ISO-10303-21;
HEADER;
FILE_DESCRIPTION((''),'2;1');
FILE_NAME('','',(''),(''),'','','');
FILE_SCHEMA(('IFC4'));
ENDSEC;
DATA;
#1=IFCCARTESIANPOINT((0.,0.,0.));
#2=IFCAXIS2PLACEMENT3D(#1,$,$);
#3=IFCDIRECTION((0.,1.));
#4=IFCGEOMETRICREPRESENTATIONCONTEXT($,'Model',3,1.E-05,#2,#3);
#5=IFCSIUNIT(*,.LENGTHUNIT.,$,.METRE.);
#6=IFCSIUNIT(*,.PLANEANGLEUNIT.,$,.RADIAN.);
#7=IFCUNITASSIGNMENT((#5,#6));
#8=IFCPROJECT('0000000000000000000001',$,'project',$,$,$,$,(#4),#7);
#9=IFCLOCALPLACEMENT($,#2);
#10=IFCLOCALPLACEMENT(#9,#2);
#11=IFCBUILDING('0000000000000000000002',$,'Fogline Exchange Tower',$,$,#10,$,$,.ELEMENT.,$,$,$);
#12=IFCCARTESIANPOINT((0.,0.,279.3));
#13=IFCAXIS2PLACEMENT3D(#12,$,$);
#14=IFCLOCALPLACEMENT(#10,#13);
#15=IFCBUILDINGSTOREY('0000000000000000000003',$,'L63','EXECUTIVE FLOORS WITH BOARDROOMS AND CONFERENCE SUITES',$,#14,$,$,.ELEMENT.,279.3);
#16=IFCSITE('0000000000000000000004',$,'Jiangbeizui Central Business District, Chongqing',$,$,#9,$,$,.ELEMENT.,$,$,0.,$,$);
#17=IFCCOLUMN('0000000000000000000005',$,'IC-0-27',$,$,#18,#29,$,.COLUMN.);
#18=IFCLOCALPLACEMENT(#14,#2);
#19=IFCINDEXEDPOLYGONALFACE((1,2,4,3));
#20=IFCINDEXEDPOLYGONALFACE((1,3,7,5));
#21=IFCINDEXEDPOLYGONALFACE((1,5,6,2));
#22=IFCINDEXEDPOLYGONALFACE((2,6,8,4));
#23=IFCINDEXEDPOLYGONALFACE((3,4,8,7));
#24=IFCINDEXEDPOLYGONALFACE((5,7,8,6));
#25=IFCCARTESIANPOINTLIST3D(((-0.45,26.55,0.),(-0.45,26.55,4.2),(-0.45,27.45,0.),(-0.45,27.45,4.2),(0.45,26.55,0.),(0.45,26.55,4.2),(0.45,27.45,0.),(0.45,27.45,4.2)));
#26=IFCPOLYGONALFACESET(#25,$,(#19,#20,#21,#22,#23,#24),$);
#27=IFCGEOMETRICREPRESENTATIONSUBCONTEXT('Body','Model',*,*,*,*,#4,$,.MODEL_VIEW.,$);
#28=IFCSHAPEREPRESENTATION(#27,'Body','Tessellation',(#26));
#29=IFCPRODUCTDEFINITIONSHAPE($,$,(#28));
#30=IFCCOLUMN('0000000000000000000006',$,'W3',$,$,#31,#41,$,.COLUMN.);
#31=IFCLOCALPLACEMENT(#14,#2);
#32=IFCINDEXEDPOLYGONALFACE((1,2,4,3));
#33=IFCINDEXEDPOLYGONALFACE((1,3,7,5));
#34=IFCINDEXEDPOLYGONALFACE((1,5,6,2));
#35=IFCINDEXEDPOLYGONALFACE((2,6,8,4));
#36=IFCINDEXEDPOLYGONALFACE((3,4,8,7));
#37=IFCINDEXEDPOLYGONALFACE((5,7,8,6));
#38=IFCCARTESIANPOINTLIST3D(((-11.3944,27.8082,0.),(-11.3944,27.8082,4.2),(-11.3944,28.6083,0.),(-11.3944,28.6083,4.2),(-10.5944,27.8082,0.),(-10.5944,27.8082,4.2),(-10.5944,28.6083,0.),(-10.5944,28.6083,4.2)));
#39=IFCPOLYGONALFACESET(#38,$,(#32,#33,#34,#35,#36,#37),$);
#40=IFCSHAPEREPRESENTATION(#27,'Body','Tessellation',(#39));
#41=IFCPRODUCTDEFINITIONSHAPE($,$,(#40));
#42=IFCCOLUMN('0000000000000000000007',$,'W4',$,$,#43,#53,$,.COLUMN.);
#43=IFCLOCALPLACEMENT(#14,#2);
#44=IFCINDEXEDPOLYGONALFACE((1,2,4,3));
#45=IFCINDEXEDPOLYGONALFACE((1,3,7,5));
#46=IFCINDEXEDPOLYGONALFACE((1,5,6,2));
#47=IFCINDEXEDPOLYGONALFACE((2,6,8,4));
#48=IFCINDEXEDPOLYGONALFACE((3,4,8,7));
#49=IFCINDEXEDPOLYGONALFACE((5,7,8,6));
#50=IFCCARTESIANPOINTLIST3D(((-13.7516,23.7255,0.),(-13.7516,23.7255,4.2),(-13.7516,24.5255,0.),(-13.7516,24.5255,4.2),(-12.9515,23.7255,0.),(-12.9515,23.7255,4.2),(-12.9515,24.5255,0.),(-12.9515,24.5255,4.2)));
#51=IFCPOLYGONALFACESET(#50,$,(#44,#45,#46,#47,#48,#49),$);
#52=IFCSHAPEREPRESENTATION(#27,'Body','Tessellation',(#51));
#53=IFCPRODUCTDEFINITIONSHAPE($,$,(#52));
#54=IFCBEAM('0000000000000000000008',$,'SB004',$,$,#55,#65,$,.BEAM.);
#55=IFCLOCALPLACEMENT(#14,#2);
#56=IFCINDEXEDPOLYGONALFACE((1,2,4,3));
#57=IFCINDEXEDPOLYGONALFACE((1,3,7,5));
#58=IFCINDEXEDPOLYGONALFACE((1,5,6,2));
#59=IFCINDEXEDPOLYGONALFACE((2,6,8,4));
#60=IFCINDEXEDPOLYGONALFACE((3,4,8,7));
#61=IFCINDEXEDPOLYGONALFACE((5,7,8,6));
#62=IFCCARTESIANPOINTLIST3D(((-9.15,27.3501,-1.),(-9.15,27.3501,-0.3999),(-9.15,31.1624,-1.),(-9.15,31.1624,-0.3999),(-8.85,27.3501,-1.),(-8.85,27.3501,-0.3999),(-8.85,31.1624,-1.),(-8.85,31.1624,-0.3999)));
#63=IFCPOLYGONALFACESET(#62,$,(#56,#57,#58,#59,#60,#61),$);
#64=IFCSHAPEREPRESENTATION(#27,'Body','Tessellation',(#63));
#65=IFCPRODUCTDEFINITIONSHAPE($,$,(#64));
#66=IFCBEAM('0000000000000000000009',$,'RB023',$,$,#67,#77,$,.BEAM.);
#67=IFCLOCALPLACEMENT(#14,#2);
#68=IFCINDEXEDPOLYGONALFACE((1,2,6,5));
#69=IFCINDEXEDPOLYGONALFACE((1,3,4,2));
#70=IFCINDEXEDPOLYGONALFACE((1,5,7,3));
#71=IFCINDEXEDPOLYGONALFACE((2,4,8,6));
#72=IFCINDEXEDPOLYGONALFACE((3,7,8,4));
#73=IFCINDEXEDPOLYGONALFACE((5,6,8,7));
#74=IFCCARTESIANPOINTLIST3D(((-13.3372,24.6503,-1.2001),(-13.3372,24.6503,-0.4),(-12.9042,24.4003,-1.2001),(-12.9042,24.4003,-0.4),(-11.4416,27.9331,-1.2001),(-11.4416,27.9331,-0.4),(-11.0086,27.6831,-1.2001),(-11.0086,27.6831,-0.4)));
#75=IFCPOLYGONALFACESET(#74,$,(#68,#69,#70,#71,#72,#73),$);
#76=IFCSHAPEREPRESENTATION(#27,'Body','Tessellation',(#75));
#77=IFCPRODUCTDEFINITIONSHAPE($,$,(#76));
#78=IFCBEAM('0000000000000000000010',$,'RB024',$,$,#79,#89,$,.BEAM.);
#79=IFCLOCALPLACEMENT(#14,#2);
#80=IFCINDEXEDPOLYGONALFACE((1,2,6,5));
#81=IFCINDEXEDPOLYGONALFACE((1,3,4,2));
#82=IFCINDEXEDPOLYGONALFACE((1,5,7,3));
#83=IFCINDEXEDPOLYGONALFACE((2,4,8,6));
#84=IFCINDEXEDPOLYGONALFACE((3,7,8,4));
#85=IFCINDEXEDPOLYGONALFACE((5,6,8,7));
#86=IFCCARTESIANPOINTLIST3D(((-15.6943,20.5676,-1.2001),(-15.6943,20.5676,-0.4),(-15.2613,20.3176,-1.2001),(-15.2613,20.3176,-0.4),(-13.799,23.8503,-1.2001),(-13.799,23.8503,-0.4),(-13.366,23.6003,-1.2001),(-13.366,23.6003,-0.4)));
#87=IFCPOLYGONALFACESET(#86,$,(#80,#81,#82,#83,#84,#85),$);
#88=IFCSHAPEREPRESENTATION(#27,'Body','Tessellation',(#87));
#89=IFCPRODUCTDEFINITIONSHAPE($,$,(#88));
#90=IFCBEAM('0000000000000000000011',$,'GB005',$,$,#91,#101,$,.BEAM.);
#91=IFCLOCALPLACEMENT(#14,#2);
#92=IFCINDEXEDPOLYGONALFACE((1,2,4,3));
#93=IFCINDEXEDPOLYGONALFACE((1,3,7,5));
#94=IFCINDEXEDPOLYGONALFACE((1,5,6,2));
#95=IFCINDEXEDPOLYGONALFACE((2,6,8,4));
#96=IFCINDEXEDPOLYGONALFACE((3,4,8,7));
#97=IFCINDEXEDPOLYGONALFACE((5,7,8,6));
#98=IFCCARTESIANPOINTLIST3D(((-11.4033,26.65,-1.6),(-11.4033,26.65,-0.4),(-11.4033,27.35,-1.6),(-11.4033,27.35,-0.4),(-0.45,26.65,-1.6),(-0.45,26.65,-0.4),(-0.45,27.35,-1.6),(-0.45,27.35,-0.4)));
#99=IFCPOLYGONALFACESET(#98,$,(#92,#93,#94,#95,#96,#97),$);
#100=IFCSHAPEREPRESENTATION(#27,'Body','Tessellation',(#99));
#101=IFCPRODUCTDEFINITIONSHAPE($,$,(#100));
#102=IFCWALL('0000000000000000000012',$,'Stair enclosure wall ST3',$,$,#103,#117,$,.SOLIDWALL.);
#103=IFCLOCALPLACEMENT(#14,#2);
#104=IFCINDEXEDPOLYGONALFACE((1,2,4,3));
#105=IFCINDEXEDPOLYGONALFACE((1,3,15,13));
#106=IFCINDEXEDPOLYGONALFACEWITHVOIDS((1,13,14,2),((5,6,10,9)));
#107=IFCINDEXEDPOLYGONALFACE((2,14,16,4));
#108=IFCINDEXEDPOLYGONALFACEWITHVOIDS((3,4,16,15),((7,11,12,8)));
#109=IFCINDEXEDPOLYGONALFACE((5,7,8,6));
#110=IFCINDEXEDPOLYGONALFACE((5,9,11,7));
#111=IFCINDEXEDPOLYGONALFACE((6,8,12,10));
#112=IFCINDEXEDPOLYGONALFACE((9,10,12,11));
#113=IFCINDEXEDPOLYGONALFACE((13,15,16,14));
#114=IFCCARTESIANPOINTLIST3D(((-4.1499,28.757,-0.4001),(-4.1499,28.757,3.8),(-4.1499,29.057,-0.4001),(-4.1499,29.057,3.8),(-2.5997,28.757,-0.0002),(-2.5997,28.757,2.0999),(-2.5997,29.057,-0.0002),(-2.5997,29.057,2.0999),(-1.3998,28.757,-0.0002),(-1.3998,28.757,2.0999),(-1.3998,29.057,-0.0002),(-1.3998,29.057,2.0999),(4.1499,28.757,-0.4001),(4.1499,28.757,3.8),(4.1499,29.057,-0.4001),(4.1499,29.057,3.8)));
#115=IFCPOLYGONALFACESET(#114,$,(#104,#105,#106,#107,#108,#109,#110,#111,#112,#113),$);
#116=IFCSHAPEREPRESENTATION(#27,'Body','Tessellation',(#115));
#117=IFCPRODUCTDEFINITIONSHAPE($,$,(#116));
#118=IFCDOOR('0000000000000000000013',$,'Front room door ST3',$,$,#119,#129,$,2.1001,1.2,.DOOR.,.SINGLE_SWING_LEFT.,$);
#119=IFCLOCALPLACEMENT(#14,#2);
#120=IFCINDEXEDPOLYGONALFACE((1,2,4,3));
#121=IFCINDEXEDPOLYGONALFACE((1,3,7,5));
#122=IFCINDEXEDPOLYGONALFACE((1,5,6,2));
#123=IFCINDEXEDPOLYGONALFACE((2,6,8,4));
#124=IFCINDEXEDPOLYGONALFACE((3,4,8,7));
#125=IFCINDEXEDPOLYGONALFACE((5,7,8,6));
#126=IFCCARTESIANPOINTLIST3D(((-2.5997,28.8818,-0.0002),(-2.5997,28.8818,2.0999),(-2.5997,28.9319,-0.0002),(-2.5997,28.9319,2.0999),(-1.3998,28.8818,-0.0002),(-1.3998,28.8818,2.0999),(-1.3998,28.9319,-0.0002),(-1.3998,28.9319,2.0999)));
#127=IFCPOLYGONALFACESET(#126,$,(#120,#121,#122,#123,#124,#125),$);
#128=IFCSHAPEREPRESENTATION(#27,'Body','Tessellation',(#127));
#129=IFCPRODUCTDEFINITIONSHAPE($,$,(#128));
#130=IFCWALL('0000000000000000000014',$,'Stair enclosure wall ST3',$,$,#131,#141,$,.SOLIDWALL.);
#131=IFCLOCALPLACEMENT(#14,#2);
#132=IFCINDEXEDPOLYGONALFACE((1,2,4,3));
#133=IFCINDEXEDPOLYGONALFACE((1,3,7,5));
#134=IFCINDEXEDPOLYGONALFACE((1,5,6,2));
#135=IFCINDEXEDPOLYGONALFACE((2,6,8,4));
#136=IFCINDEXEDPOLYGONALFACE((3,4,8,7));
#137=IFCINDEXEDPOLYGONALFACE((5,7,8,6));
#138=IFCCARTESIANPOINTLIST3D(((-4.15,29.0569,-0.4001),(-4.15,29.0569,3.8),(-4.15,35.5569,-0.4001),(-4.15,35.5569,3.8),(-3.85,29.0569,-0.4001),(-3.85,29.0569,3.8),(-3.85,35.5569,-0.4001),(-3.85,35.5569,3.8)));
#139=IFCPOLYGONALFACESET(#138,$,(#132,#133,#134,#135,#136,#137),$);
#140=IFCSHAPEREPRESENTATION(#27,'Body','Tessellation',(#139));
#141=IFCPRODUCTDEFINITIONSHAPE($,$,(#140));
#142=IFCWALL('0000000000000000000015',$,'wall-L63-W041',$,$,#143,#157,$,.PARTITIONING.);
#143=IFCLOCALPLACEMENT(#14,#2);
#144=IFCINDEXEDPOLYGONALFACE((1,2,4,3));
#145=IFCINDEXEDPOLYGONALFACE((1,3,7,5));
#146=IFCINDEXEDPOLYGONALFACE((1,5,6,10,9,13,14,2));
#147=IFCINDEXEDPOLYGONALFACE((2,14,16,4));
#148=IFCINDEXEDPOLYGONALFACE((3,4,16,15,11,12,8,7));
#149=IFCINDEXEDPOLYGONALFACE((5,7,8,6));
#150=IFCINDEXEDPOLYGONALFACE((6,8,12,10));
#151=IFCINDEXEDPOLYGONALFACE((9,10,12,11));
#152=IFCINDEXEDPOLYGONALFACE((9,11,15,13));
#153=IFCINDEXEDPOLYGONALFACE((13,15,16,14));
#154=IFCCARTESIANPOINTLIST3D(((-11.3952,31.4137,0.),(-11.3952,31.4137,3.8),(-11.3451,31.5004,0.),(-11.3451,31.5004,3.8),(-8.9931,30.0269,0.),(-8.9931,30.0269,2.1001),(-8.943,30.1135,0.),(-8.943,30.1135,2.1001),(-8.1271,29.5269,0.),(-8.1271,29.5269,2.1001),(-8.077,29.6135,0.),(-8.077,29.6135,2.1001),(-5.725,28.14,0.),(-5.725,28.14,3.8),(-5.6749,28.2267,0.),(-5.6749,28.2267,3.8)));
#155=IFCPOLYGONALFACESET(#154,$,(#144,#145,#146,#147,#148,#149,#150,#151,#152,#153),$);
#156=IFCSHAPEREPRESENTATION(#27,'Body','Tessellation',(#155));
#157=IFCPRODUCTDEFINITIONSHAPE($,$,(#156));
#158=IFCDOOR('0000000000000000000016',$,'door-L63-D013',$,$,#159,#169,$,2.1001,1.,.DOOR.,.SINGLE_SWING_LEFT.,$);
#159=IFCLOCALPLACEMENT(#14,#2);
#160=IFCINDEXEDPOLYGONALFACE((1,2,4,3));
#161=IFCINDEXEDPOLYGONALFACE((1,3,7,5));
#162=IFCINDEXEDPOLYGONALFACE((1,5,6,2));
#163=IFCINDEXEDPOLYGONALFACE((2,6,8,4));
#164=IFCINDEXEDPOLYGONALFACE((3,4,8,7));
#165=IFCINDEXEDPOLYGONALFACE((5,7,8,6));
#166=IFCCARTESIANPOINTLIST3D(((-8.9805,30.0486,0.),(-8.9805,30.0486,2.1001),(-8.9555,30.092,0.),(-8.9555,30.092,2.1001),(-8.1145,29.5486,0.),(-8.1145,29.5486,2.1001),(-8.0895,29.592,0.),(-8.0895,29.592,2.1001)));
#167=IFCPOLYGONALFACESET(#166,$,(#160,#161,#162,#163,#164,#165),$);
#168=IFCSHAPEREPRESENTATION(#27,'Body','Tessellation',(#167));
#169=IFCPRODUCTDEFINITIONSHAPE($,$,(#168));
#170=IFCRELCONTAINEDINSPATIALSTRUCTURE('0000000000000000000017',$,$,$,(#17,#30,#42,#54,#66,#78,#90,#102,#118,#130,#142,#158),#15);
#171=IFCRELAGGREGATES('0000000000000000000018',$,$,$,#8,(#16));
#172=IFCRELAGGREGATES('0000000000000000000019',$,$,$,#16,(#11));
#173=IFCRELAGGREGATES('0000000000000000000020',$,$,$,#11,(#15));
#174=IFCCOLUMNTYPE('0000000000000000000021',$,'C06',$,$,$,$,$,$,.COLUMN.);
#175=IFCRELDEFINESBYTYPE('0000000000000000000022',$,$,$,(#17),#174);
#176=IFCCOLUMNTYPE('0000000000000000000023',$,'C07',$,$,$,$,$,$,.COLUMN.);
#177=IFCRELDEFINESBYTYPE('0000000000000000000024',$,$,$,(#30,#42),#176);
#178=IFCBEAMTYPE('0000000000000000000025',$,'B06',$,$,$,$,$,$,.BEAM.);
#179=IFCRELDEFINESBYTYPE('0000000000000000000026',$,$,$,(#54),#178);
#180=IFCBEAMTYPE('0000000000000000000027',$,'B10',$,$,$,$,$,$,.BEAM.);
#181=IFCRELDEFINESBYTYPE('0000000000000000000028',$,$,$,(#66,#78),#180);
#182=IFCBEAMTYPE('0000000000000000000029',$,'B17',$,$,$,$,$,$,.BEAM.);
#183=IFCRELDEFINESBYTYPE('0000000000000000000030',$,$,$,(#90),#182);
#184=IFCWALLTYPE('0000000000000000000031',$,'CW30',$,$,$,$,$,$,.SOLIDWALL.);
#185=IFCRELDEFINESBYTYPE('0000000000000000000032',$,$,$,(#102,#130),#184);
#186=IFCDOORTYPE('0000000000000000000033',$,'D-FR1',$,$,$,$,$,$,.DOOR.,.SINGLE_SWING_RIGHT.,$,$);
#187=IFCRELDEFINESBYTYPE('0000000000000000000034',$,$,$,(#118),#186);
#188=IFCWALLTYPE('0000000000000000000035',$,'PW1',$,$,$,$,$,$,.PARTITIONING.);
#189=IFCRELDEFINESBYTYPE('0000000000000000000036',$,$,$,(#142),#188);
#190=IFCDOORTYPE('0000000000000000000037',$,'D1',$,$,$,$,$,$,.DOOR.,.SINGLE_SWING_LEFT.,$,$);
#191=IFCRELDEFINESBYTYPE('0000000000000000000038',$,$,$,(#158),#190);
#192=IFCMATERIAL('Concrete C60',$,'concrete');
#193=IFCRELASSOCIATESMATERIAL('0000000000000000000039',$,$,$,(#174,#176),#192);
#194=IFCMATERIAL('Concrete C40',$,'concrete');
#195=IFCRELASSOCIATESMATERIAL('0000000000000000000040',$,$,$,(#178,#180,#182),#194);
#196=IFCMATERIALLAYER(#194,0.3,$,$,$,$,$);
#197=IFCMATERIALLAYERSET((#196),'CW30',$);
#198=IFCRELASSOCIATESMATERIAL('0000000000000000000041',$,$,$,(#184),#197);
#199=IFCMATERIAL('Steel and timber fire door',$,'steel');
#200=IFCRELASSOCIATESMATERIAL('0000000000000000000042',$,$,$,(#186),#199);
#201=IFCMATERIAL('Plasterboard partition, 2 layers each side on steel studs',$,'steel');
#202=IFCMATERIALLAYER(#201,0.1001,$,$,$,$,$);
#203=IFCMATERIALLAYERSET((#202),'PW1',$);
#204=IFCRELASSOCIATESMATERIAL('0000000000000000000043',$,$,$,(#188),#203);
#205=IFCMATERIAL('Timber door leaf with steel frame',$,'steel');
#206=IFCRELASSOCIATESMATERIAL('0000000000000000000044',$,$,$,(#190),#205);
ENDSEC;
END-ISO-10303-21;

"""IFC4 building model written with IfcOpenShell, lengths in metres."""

from ifc_helpers import new_model, si_unit, direction, frame, frame_2d, origin, origin_2d, place, context, subcontext, project, spatial, rectangle, extrude, material, layer, layer_set, material_profile, profile_set, type_object, element, fill, save


model = new_model("IFC4")

# Units and contexts
model_context = context("Model", 3, precision=1e-05, world=origin(), true_north=direction((0.0, 1.0)))
body_context = subcontext(model_context, "Body", "Model", "MODEL_VIEW")
ifc_project = project(units=[si_unit("LENGTHUNIT", "METRE"), si_unit("PLANEANGLEUNIT", "RADIAN")], contexts=[model_context])

# Site, building, storey
site_placement = place(None, origin())
site = spatial("IfcSite", under=ifc_project, at=site_placement, Name="Jiangbeizui Central Business District, Chongqing", CompositionType="ELEMENT", RefElevation=0.0)
building_placement = place(site_placement, origin())
building = spatial("IfcBuilding", under=site, at=building_placement, Name="Fogline Exchange Tower", CompositionType="ELEMENT")
storey_placement = place(building_placement, frame((0.0, 0.0, 279.3)))
storey = spatial("IfcBuildingStorey", under=building, at=storey_placement, Name="L63", Description="EXECUTIVE FLOORS WITH BOARDROOMS AND CONFERENCE SUITES", CompositionType="ELEMENT", Elevation=279.3)

# Columns
ifc_material_1 = material(Name="Concrete C60", Category="concrete")
ifc_material_profile_1 = material_profile(ifc_material_1, rectangle(XDim=0.8999, YDim=0.8999, at=origin_2d()), Name="RC 900x900")
ifc_profile_set_1 = profile_set([ifc_material_profile_1], Name="Concrete C60")
column_type_1 = type_object("IfcColumnType", Name="C06", PredefinedType="COLUMN", material=ifc_profile_set_1)
column_placement = place(storey_placement, frame((0.0, 27.0, 0.0), z_axis=(0.0, 0.0, 1.0), x_axis=(1.0, 0.0, 0.0)))
element("IfcColumn", 1, at=column_placement, inside=storey, type_object=column_type_1, Name="IC-0-27", PredefinedType="COLUMN", context=body_context, shape_type="SweptSolid", body=[
    extrude(rectangle(XDim=0.8999, YDim=0.8999, at=origin_2d()), origin(), (0.0, 0.0, 1.0), 4.2),
])
ifc_material_profile_2 = material_profile(ifc_material_1, rectangle(XDim=0.8, YDim=0.8, at=origin_2d()), Name="RC 800x800")
ifc_profile_set_2 = profile_set([ifc_material_profile_2], Name="Concrete C60")
column_type_2 = type_object("IfcColumnType", Name="C07", PredefinedType="COLUMN", material=ifc_profile_set_2)
for number, where, z_axis, x_axis, name in (
    (2, (-10.9944, 28.2083, 0.0), (0.0, 0.0, 1.0), (1.0, 0.0, 0.0), "W3"),
    (3, (-13.3516, 24.1255, 0.0), (0.0, 0.0, 1.0), (1.0, 0.0, 0.0), "W4"),
):
    element("IfcColumn", number, at=place(storey_placement, frame(where, z_axis=z_axis, x_axis=x_axis)), inside=storey, type_object=column_type_2, Name=name, PredefinedType="COLUMN", context=body_context, shape_type="SweptSolid", body=[
        extrude(rectangle(XDim=0.8, YDim=0.8, at=origin_2d()), origin(), (0.0, 0.0, 1.0), 4.2),
    ])

# Beams
ifc_material_2 = material(Name="Concrete C40", Category="concrete")
ifc_material_profile_3 = material_profile(ifc_material_2, rectangle(XDim=0.3, YDim=0.6001, at=origin_2d()), Name="RC 300x600")
ifc_profile_set_3 = profile_set([ifc_material_profile_3], Name="Concrete C40")
beam_type_1 = type_object("IfcBeamType", Name="B06", PredefinedType="BEAM", material=ifc_profile_set_3)
beam_1_placement = place(storey_placement, frame((-9.0, 27.3501, -0.7), z_axis=(0.0, 1.0, 0.0), x_axis=(-1.0, 0.0, 0.0)))
element("IfcBeam", 4, at=beam_1_placement, inside=storey, type_object=beam_type_1, Name="SB004", PredefinedType="BEAM", context=body_context, shape_type="SweptSolid", body=[
    extrude(rectangle(XDim=0.3, YDim=0.6001, at=origin_2d()), origin(), (0.0, 0.0, 1.0), 3.8123),
])
ifc_material_profile_4 = material_profile(ifc_material_2, rectangle(XDim=0.5, YDim=0.8, at=origin_2d()), Name="RC 500x800")
ifc_profile_set_4 = profile_set([ifc_material_profile_4], Name="Concrete C40")
beam_type_2 = type_object("IfcBeamType", Name="B10", PredefinedType="BEAM", material=ifc_profile_set_4)
beam_2_placement = place(storey_placement, frame((-11.2251, 27.8081, -0.8), z_axis=(-0.500046, -0.865999, 0.0), x_axis=(0.865999, -0.500046, 0.0)))
element("IfcBeam", 5, at=beam_2_placement, inside=storey, type_object=beam_type_2, Name="RB023", PredefinedType="BEAM", context=body_context, shape_type="SweptSolid", body=[
    extrude(rectangle(XDim=0.5, YDim=0.8, at=origin_2d()), origin(), (0.0, 0.0, 1.0), 3.7908),
])
beam_3_placement = place(storey_placement, frame((-13.5825, 23.7253, -0.8), z_axis=(-0.499998, -0.866027, 0.0), x_axis=(0.866027, -0.499998, 0.0)))
element("IfcBeam", 6, at=beam_3_placement, inside=storey, type_object=beam_type_2, Name="RB024", PredefinedType="BEAM", context=body_context, shape_type="SweptSolid", body=[
    extrude(rectangle(XDim=0.5, YDim=0.8, at=origin_2d()), origin(), (0.0, 0.0, 1.0), 3.7905),
])
ifc_material_profile_5 = material_profile(ifc_material_2, rectangle(XDim=0.7, YDim=1.2, at=origin_2d()), Name="RC 700x1200")
ifc_profile_set_5 = profile_set([ifc_material_profile_5], Name="Concrete C40")
beam_type_3 = type_object("IfcBeamType", Name="B17", PredefinedType="BEAM", material=ifc_profile_set_5)
beam_4_placement = place(storey_placement, frame((-11.4033, 27.0, -1.0), z_axis=(1.0, 0.0, 0.0), x_axis=(0.0, 1.0, 0.0)))
element("IfcBeam", 7, at=beam_4_placement, inside=storey, type_object=beam_type_3, Name="GB005", PredefinedType="BEAM", context=body_context, shape_type="SweptSolid", body=[
    extrude(rectangle(XDim=0.7, YDim=1.2, at=origin_2d()), origin(), (0.0, 0.0, 1.0), 10.9534),
])

# Wall, opening, door
ifc_layer_1 = layer(ifc_material_2, 0.3)
ifc_layer_set_1 = layer_set([ifc_layer_1], Name="CW30")
wall_type_1 = type_object("IfcWallType", Name="CW30", PredefinedType="SOLIDWALL", material=ifc_layer_set_1)
wall_1_placement = place(storey_placement, frame((-4.1499, 28.907, -0.4001), z_axis=(0.0, 0.0, 1.0), x_axis=(1.0, 0.0, 0.0)))
wall_1 = element("IfcWall", 8, at=wall_1_placement, inside=storey, type_object=wall_type_1, Name="Stair enclosure wall ST3", PredefinedType="SOLIDWALL", context=body_context, shape_type="SweptSolid", body=[
    extrude(rectangle(XDim=8.2998, YDim=0.3, at=frame_2d((4.1499, 0.0))), origin(), (0.0, 0.0, 1.0), 4.2002),
])
opening_1_placement = place(wall_1_placement, frame((1.55, 0.0, 0.3999)))
opening_1 = element("IfcOpeningElement", 9, at=opening_1_placement, cuts=wall_1, PredefinedType="OPENING", context=body_context, shape_type="SweptSolid", body=[
    extrude(rectangle(XDim=1.2, YDim=2.1001, at=frame_2d((0.6001, 1.05))), frame((0.0, 0.1602, 0.0), z_axis=(0.0, -1.0, 0.0), x_axis=(1.0, 0.0, 0.0)), (0.0, 0.0, 1.0), 0.3201),
])
ifc_material_3 = material(Name="Steel and timber fire door", Category="steel")
door_type_1 = type_object("IfcDoorType", Name="D-FR1", OperationType="SINGLE_SWING_RIGHT", PredefinedType="DOOR", material=ifc_material_3)
door_1_placement = place(opening_1_placement, origin())
door_1 = element("IfcDoor", 10, at=door_1_placement, inside=storey, type_object=door_type_1, Name="Front room door ST3", OperationType="SINGLE_SWING_LEFT", OverallHeight=2.1001, OverallWidth=1.2, PredefinedType="DOOR", context=body_context, shape_type="SweptSolid", body=[
    extrude(rectangle(XDim=1.2, YDim=2.1001, at=frame_2d((0.6001, 1.05))), frame((0.0, 0.0249, 0.0), z_axis=(0.0, -1.0, 0.0), x_axis=(1.0, 0.0, 0.0)), (0.0, 0.0, 1.0), 0.05),
])
fill(opening_1, door_1)

# Wall
wall_2_placement = place(storey_placement, frame((-4.0, 29.0569, -0.4001), z_axis=(0.0, 0.0, 1.0), x_axis=(0.0, 1.0, 0.0)))
element("IfcWall", 11, at=wall_2_placement, inside=storey, type_object=wall_type_1, Name="Stair enclosure wall ST3", PredefinedType="SOLIDWALL", context=body_context, shape_type="SweptSolid", body=[
    extrude(rectangle(XDim=6.5, YDim=0.3, at=frame_2d((3.25, 0.0))), origin(), (0.0, 0.0, 1.0), 4.2002),
])

# Wall, opening, door
ifc_material_4 = material(Name="Plasterboard partition, 2 layers each side on steel studs", Category="steel")
ifc_layer_2 = layer(ifc_material_4, 0.1001)
ifc_layer_set_2 = layer_set([ifc_layer_2], Name="PW1")
wall_type_2 = type_object("IfcWallType", Name="PW1", PredefinedType="PARTITIONING", material=ifc_layer_set_2)
wall_3_placement = place(storey_placement, frame((-5.7, 28.1833, 0.0), z_axis=(0.0, 0.0, 1.0), x_axis=(-0.866025, 0.500001, 0.0)))
wall_3 = element("IfcWall", 12, at=wall_3_placement, inside=storey, type_object=wall_type_2, Name="wall-L63-W041", PredefinedType="PARTITIONING", context=body_context, shape_type="SweptSolid", body=[
    extrude(rectangle(XDim=6.5474, YDim=0.1001, at=frame_2d((3.2737, 0.0))), origin(), (0.0, 0.0, 1.0), 3.8),
])
opening_2_placement = place(wall_3_placement, frame((2.7737, 0.0, 0.0)))
opening_2 = element("IfcOpeningElement", 13, at=opening_2_placement, cuts=wall_3, PredefinedType="OPENING", context=body_context, shape_type="SweptSolid", body=[
    extrude(rectangle(XDim=1.0, YDim=2.1001, at=frame_2d((0.5, 1.05))), frame((0.0, 0.0601, 0.0), z_axis=(0.0, -1.0, 0.0), x_axis=(1.0, 0.0, 0.0)), (0.0, 0.0, 1.0), 0.1201),
])
ifc_material_5 = material(Name="Timber door leaf with steel frame", Category="steel")
door_type_2 = type_object("IfcDoorType", Name="D1", OperationType="SINGLE_SWING_LEFT", PredefinedType="DOOR", material=ifc_material_5)
door_2_placement = place(opening_2_placement, origin())
door_2 = element("IfcDoor", 14, at=door_2_placement, inside=storey, type_object=door_type_2, Name="door-L63-D013", OperationType="SINGLE_SWING_LEFT", OverallHeight=2.1001, OverallWidth=1.0, PredefinedType="DOOR", context=body_context, shape_type="SweptSolid", body=[
    extrude(rectangle(XDim=1.0, YDim=2.1001, at=frame_2d((0.5, 1.05))), frame((0.0, 0.0249, 0.0), z_axis=(0.0, -1.0, 0.0), x_axis=(1.0, 0.0, 0.0)), (0.0, 0.0, 1.0), 0.05),
])
fill(opening_2, door_2)

save(model, "model.ifc")
